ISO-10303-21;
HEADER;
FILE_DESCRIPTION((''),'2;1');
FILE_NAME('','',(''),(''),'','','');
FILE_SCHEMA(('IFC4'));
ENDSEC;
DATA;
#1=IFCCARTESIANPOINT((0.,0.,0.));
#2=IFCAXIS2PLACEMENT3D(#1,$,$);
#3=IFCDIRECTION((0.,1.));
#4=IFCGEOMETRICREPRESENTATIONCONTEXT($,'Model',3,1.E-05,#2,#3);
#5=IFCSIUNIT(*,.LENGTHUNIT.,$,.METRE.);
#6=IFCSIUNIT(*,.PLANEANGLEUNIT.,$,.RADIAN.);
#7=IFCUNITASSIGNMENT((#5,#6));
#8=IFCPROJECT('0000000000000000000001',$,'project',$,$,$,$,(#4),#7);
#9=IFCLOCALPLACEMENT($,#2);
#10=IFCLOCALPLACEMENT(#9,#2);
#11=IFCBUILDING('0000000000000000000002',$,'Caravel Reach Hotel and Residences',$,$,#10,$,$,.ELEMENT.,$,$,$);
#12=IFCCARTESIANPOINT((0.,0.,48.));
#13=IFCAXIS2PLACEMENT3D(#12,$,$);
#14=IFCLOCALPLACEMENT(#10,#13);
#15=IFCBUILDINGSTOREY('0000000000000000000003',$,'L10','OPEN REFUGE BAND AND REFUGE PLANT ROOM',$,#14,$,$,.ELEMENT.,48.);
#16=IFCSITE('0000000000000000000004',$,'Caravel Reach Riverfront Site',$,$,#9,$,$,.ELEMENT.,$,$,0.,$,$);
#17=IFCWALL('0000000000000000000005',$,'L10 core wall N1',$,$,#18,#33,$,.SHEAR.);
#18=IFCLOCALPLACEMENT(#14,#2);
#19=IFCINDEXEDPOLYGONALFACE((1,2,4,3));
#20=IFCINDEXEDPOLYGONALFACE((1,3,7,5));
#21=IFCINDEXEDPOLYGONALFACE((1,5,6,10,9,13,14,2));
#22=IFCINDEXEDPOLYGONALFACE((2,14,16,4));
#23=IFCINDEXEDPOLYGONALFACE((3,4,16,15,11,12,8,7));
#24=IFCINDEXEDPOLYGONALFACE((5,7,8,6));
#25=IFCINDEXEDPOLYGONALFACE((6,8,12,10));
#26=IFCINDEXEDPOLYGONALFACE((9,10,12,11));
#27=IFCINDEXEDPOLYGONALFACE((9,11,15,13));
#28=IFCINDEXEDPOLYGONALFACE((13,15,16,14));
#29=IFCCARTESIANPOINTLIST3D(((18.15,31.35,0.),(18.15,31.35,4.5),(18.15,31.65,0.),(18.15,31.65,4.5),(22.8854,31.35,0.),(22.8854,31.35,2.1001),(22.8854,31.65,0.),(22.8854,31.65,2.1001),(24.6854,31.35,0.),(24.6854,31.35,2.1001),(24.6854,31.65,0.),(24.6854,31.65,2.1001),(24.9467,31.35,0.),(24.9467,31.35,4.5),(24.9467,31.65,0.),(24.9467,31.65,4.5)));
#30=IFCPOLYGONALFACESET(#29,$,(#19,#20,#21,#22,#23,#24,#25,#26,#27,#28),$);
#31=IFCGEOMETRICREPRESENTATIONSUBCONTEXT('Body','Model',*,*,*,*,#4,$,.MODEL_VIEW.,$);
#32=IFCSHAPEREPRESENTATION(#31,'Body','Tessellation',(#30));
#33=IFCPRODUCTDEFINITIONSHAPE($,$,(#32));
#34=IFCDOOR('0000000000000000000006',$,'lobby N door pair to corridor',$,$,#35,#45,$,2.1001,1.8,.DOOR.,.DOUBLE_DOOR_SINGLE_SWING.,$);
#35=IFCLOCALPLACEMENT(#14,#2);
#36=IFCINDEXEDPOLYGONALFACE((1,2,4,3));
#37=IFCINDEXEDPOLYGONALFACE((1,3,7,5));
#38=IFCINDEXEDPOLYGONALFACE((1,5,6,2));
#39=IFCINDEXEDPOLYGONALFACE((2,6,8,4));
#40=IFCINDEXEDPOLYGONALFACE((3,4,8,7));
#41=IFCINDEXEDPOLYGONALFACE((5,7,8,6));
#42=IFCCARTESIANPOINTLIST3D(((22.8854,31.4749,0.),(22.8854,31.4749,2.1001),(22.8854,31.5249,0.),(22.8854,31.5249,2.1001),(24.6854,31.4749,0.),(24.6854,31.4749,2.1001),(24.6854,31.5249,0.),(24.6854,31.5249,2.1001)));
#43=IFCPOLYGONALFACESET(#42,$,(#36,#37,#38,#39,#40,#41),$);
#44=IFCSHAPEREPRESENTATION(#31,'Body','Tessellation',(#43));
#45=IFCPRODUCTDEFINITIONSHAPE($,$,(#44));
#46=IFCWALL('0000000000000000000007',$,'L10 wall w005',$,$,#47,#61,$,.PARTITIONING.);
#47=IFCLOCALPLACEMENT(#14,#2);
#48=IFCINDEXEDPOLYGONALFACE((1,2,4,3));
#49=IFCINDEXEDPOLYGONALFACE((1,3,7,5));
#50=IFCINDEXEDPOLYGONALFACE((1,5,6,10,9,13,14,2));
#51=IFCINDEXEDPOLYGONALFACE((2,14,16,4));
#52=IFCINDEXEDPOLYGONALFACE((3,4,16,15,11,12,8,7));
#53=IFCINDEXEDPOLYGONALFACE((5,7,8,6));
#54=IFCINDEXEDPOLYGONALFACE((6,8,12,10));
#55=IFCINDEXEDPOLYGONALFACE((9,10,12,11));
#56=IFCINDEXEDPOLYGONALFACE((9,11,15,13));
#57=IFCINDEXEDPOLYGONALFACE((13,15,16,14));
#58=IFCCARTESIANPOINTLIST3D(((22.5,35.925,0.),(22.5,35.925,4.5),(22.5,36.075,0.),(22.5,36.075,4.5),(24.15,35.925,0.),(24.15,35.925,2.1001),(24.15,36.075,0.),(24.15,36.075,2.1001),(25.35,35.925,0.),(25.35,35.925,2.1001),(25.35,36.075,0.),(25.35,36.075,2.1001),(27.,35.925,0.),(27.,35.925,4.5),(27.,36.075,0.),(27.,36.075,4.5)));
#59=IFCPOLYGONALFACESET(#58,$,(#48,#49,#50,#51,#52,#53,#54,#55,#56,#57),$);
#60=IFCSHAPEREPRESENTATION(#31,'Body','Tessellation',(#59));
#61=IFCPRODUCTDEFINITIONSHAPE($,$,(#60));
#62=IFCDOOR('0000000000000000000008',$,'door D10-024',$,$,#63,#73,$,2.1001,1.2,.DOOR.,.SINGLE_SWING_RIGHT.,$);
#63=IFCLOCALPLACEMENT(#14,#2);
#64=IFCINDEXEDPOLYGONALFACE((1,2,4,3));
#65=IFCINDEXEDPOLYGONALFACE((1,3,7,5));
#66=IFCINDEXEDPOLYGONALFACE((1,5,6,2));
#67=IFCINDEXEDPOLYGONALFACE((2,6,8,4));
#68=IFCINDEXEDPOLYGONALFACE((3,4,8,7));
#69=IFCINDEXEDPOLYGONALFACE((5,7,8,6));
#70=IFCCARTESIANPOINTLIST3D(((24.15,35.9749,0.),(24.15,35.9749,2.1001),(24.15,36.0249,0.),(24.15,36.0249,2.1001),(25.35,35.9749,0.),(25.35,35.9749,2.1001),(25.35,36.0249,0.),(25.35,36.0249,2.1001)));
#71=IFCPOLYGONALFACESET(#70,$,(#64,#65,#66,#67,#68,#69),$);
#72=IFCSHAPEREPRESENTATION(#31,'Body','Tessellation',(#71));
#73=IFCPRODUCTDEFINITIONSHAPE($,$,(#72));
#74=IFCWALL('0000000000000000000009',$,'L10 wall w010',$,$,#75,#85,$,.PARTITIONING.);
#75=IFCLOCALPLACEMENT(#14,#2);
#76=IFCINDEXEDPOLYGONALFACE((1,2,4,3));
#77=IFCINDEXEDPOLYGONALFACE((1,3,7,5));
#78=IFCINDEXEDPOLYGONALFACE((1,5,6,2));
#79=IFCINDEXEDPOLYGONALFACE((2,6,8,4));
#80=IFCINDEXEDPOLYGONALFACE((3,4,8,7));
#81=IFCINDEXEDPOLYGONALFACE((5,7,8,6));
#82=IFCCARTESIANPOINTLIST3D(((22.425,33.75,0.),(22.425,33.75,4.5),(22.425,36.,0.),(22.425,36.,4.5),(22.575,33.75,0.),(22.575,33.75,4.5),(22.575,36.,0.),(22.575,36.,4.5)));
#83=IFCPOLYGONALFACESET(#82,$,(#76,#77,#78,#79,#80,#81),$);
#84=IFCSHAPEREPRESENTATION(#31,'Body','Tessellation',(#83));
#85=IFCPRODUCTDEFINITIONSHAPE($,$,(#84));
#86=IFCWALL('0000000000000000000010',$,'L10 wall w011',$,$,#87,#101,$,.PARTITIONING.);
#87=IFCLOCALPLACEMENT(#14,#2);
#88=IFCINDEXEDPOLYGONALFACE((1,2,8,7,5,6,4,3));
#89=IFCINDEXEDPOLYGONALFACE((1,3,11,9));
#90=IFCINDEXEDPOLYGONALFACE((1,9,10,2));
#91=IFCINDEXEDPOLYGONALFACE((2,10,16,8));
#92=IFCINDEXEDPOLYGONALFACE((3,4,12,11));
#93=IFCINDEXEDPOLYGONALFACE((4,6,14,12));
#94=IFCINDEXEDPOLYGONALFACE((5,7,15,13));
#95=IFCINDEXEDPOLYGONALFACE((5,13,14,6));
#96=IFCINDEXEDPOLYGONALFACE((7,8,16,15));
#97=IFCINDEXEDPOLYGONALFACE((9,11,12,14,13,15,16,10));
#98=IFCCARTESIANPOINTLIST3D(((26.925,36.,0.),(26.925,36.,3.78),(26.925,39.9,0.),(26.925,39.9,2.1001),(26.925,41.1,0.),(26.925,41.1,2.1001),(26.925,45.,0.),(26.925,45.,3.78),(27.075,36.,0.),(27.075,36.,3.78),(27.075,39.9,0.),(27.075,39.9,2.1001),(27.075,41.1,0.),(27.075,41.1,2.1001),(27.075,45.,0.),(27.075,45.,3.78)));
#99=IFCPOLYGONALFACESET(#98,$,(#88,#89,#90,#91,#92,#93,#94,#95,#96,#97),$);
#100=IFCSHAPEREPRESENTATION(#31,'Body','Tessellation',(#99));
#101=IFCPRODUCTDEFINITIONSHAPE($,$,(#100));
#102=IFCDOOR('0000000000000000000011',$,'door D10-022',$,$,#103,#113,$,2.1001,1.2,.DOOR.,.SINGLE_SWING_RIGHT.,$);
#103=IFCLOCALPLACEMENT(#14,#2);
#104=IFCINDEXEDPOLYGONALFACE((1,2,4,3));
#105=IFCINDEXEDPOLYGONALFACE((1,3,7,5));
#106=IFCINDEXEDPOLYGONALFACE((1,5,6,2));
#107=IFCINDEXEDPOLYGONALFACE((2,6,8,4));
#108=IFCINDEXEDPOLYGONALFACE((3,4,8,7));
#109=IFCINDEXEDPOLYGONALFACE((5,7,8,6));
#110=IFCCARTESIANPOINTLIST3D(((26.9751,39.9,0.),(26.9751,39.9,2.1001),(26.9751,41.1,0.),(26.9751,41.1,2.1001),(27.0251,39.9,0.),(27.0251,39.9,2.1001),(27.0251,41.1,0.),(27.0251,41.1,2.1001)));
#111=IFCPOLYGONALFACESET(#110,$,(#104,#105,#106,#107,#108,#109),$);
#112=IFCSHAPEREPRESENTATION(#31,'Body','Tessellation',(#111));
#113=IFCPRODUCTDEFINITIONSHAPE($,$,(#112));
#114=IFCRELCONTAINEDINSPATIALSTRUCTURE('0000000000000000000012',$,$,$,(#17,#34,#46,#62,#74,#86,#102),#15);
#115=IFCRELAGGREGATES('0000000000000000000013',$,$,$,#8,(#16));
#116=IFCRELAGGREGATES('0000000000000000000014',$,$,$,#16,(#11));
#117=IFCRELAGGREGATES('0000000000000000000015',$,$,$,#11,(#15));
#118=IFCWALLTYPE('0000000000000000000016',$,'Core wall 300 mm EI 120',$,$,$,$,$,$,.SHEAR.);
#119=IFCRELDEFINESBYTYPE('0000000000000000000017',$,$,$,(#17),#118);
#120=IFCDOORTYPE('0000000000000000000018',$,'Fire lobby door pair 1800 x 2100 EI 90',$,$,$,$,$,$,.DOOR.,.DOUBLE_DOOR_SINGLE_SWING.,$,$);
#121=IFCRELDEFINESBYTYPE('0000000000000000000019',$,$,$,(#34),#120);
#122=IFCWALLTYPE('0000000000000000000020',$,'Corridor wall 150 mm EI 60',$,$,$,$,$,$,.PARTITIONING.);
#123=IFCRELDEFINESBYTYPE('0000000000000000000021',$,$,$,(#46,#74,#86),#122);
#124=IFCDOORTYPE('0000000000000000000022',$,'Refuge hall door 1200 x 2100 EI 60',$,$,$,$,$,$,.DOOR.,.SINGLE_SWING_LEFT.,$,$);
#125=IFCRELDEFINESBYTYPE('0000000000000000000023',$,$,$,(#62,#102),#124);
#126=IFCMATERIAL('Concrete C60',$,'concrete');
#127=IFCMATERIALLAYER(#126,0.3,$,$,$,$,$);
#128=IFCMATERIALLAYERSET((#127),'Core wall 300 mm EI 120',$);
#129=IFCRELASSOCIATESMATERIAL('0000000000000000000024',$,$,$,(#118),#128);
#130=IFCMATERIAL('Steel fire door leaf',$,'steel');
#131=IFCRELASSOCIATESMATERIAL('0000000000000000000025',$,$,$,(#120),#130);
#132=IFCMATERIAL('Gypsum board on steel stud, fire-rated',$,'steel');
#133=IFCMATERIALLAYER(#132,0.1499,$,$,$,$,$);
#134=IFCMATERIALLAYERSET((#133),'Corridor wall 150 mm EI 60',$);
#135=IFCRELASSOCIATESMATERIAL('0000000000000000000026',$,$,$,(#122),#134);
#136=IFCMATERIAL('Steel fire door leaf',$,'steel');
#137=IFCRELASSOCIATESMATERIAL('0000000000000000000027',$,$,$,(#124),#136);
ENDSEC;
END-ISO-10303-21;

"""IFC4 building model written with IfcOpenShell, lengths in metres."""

from ifc_helpers import new_model, si_unit, direction, frame, frame_2d, origin, place, context, subcontext, project, spatial, rectangle, extrude, material, layer, layer_set, type_object, element, fill, save


model = new_model("IFC4")

# Units and contexts
model_context = context("Model", 3, precision=1e-05, world=origin(), true_north=direction((0.0, 1.0)))
body_context = subcontext(model_context, "Body", "Model", "MODEL_VIEW")
ifc_project = project(units=[si_unit("LENGTHUNIT", "METRE"), si_unit("PLANEANGLEUNIT", "RADIAN")], contexts=[model_context])

# Site, building, storey
site_placement = place(None, origin())
site = spatial("IfcSite", under=ifc_project, at=site_placement, Name="Caravel Reach Riverfront Site", CompositionType="ELEMENT", RefElevation=0.0)
building_placement = place(site_placement, origin())
building = spatial("IfcBuilding", under=site, at=building_placement, Name="Caravel Reach Hotel and Residences", CompositionType="ELEMENT")
storey_placement = place(building_placement, frame((0.0, 0.0, 48.0)))
storey = spatial("IfcBuildingStorey", under=building, at=storey_placement, Name="L10", Description="OPEN REFUGE BAND AND REFUGE PLANT ROOM", CompositionType="ELEMENT", Elevation=48.0)

# Walls, openings, doors
ifc_material_1 = material(Name="Concrete C60", Category="concrete")
ifc_layer_1 = layer(ifc_material_1, 0.3)
ifc_layer_set_1 = layer_set([ifc_layer_1], Name="Core wall 300 mm EI 120")
wall_type_1 = type_object("IfcWallType", Name="Core wall 300 mm EI 120", PredefinedType="SHEAR", material=ifc_layer_set_1)
wall_1_placement = place(storey_placement, frame((18.1499, 31.5, 0.0), z_axis=(0.0, 0.0, 1.0), x_axis=(1.0, 0.0, 0.0)))
wall_1 = element("IfcWall", 1, at=wall_1_placement, inside=storey, type_object=wall_type_1, Name="L10 core wall N1", PredefinedType="SHEAR", context=body_context, shape_type="SweptSolid", body=[
    extrude(rectangle(XDim=6.7966, YDim=0.3, at=frame_2d((3.3984, 0.0))), origin(), (0.0, 0.0, 1.0), 4.5),
])
opening_1_placement = place(wall_1_placement, frame((4.7356, 0.0, 0.0)))
opening_1 = element("IfcOpeningElement", 2, at=opening_1_placement, cuts=wall_1, PredefinedType="OPENING", context=body_context, shape_type="SweptSolid", body=[
    extrude(rectangle(XDim=1.8, YDim=2.1001, at=frame_2d((0.8999, 1.05))), frame((0.0, 0.1599, 0.0), z_axis=(0.0, -1.0, 0.0), x_axis=(1.0, 0.0, 0.0)), (0.0, 0.0, 1.0), 0.3201),
])
ifc_material_2 = material(Name="Steel fire door leaf", Category="steel")
door_type_1 = type_object("IfcDoorType", Name="Fire lobby door pair 1800 x 2100 EI 90", OperationType="DOUBLE_DOOR_SINGLE_SWING", PredefinedType="DOOR", material=ifc_material_2)
door_1_placement = place(opening_1_placement, origin())
door_1 = element("IfcDoor", 3, at=door_1_placement, inside=storey, type_object=door_type_1, Name="lobby N door pair to corridor", OperationType="DOUBLE_DOOR_SINGLE_SWING", OverallHeight=2.1001, OverallWidth=1.8, PredefinedType="DOOR", context=body_context, shape_type="SweptSolid", body=[
    extrude(rectangle(XDim=1.8, YDim=2.1001, at=frame_2d((0.8999, 1.05))), frame((0.0, 0.0249, 0.0), z_axis=(0.0, -1.0, 0.0), x_axis=(1.0, 0.0, 0.0)), (0.0, 0.0, 1.0), 0.05),
])
fill(opening_1, door_1)
ifc_material_3 = material(Name="Gypsum board on steel stud, fire-rated", Category="steel")
ifc_layer_2 = layer(ifc_material_3, 0.1499)
ifc_layer_set_2 = layer_set([ifc_layer_2], Name="Corridor wall 150 mm EI 60")
wall_type_2 = type_object("IfcWallType", Name="Corridor wall 150 mm EI 60", PredefinedType="PARTITIONING", material=ifc_layer_set_2)
wall_2_placement = place(storey_placement, frame((22.5, 36.0, 0.0), z_axis=(0.0, 0.0, 1.0), x_axis=(1.0, 0.0, 0.0)))
wall_2 = element("IfcWall", 4, at=wall_2_placement, inside=storey, type_object=wall_type_2, Name="L10 wall w005", PredefinedType="PARTITIONING", context=body_context, shape_type="SweptSolid", body=[
    extrude(rectangle(XDim=4.5, YDim=0.1499, at=frame_2d((2.25, 0.0))), origin(), (0.0, 0.0, 1.0), 4.5),
])
opening_2_placement = place(wall_2_placement, frame((1.6499, 0.0, 0.0)))
opening_2 = element("IfcOpeningElement", 5, at=opening_2_placement, cuts=wall_2, PredefinedType="OPENING", context=body_context, shape_type="SweptSolid", body=[
    extrude(rectangle(XDim=1.2, YDim=2.1001, at=frame_2d((0.6001, 1.05))), frame((0.0, 0.085, 0.0), z_axis=(0.0, -1.0, 0.0), x_axis=(1.0, 0.0, 0.0)), (0.0, 0.0, 1.0), 0.1699),
])
ifc_material_4 = material(Name="Steel fire door leaf", Category="steel")
door_type_2 = type_object("IfcDoorType", Name="Refuge hall door 1200 x 2100 EI 60", OperationType="SINGLE_SWING_LEFT", PredefinedType="DOOR", material=ifc_material_4)
door_2_placement = place(opening_2_placement, origin())
door_2 = element("IfcDoor", 6, at=door_2_placement, inside=storey, type_object=door_type_2, Name="door D10-024", OperationType="SINGLE_SWING_RIGHT", OverallHeight=2.1001, OverallWidth=1.2, PredefinedType="DOOR", context=body_context, shape_type="SweptSolid", body=[
    extrude(rectangle(XDim=1.2, YDim=2.1001, at=frame_2d((0.6001, 1.05))), frame((0.0, 0.0249, 0.0), z_axis=(0.0, -1.0, 0.0), x_axis=(1.0, 0.0, 0.0)), (0.0, 0.0, 1.0), 0.05),
])
fill(opening_2, door_2)

# Wall
wall_3_placement = place(storey_placement, frame((22.5, 33.75, 0.0), z_axis=(0.0, 0.0, 1.0), x_axis=(0.0, 1.0, 0.0)))
element("IfcWall", 7, at=wall_3_placement, inside=storey, type_object=wall_type_2, Name="L10 wall w010", PredefinedType="PARTITIONING", context=body_context, shape_type="SweptSolid", body=[
    extrude(rectangle(XDim=2.25, YDim=0.1499, at=frame_2d((1.125, 0.0))), origin(), (0.0, 0.0, 1.0), 4.5),
])

# Wall, opening, door
wall_4_placement = place(storey_placement, frame((27.0, 36.0, 0.0), z_axis=(0.0, 0.0, 1.0), x_axis=(0.0, 1.0, 0.0)))
wall_4 = element("IfcWall", 8, at=wall_4_placement, inside=storey, type_object=wall_type_2, Name="L10 wall w011", PredefinedType="PARTITIONING", context=body_context, shape_type="SweptSolid", body=[
    extrude(rectangle(XDim=9.0, YDim=0.1499, at=frame_2d((4.5, 0.0))), origin(), (0.0, 0.0, 1.0), 3.78),
])
opening_3_placement = place(wall_4_placement, frame((3.8999, 0.0, 0.0)))
opening_3 = element("IfcOpeningElement", 9, at=opening_3_placement, cuts=wall_4, PredefinedType="OPENING", context=body_context, shape_type="SweptSolid", body=[
    extrude(rectangle(XDim=1.2, YDim=2.1001, at=frame_2d((0.6001, 1.05))), frame((0.0, 0.085, 0.0), z_axis=(0.0, -1.0, 0.0), x_axis=(1.0, 0.0, 0.0)), (0.0, 0.0, 1.0), 0.1699),
])
door_3_placement = place(opening_3_placement, origin())
door_3 = element("IfcDoor", 10, at=door_3_placement, inside=storey, type_object=door_type_2, Name="door D10-022", OperationType="SINGLE_SWING_RIGHT", OverallHeight=2.1001, OverallWidth=1.2, PredefinedType="DOOR", context=body_context, shape_type="SweptSolid", body=[
    extrude(rectangle(XDim=1.2, YDim=2.1001, at=frame_2d((0.6001, 1.05))), frame((0.0, 0.0249, 0.0), z_axis=(0.0, -1.0, 0.0), x_axis=(1.0, 0.0, 0.0)), (0.0, 0.0, 1.0), 0.05),
])
fill(opening_3, door_3)

save(model, "model.ifc")
